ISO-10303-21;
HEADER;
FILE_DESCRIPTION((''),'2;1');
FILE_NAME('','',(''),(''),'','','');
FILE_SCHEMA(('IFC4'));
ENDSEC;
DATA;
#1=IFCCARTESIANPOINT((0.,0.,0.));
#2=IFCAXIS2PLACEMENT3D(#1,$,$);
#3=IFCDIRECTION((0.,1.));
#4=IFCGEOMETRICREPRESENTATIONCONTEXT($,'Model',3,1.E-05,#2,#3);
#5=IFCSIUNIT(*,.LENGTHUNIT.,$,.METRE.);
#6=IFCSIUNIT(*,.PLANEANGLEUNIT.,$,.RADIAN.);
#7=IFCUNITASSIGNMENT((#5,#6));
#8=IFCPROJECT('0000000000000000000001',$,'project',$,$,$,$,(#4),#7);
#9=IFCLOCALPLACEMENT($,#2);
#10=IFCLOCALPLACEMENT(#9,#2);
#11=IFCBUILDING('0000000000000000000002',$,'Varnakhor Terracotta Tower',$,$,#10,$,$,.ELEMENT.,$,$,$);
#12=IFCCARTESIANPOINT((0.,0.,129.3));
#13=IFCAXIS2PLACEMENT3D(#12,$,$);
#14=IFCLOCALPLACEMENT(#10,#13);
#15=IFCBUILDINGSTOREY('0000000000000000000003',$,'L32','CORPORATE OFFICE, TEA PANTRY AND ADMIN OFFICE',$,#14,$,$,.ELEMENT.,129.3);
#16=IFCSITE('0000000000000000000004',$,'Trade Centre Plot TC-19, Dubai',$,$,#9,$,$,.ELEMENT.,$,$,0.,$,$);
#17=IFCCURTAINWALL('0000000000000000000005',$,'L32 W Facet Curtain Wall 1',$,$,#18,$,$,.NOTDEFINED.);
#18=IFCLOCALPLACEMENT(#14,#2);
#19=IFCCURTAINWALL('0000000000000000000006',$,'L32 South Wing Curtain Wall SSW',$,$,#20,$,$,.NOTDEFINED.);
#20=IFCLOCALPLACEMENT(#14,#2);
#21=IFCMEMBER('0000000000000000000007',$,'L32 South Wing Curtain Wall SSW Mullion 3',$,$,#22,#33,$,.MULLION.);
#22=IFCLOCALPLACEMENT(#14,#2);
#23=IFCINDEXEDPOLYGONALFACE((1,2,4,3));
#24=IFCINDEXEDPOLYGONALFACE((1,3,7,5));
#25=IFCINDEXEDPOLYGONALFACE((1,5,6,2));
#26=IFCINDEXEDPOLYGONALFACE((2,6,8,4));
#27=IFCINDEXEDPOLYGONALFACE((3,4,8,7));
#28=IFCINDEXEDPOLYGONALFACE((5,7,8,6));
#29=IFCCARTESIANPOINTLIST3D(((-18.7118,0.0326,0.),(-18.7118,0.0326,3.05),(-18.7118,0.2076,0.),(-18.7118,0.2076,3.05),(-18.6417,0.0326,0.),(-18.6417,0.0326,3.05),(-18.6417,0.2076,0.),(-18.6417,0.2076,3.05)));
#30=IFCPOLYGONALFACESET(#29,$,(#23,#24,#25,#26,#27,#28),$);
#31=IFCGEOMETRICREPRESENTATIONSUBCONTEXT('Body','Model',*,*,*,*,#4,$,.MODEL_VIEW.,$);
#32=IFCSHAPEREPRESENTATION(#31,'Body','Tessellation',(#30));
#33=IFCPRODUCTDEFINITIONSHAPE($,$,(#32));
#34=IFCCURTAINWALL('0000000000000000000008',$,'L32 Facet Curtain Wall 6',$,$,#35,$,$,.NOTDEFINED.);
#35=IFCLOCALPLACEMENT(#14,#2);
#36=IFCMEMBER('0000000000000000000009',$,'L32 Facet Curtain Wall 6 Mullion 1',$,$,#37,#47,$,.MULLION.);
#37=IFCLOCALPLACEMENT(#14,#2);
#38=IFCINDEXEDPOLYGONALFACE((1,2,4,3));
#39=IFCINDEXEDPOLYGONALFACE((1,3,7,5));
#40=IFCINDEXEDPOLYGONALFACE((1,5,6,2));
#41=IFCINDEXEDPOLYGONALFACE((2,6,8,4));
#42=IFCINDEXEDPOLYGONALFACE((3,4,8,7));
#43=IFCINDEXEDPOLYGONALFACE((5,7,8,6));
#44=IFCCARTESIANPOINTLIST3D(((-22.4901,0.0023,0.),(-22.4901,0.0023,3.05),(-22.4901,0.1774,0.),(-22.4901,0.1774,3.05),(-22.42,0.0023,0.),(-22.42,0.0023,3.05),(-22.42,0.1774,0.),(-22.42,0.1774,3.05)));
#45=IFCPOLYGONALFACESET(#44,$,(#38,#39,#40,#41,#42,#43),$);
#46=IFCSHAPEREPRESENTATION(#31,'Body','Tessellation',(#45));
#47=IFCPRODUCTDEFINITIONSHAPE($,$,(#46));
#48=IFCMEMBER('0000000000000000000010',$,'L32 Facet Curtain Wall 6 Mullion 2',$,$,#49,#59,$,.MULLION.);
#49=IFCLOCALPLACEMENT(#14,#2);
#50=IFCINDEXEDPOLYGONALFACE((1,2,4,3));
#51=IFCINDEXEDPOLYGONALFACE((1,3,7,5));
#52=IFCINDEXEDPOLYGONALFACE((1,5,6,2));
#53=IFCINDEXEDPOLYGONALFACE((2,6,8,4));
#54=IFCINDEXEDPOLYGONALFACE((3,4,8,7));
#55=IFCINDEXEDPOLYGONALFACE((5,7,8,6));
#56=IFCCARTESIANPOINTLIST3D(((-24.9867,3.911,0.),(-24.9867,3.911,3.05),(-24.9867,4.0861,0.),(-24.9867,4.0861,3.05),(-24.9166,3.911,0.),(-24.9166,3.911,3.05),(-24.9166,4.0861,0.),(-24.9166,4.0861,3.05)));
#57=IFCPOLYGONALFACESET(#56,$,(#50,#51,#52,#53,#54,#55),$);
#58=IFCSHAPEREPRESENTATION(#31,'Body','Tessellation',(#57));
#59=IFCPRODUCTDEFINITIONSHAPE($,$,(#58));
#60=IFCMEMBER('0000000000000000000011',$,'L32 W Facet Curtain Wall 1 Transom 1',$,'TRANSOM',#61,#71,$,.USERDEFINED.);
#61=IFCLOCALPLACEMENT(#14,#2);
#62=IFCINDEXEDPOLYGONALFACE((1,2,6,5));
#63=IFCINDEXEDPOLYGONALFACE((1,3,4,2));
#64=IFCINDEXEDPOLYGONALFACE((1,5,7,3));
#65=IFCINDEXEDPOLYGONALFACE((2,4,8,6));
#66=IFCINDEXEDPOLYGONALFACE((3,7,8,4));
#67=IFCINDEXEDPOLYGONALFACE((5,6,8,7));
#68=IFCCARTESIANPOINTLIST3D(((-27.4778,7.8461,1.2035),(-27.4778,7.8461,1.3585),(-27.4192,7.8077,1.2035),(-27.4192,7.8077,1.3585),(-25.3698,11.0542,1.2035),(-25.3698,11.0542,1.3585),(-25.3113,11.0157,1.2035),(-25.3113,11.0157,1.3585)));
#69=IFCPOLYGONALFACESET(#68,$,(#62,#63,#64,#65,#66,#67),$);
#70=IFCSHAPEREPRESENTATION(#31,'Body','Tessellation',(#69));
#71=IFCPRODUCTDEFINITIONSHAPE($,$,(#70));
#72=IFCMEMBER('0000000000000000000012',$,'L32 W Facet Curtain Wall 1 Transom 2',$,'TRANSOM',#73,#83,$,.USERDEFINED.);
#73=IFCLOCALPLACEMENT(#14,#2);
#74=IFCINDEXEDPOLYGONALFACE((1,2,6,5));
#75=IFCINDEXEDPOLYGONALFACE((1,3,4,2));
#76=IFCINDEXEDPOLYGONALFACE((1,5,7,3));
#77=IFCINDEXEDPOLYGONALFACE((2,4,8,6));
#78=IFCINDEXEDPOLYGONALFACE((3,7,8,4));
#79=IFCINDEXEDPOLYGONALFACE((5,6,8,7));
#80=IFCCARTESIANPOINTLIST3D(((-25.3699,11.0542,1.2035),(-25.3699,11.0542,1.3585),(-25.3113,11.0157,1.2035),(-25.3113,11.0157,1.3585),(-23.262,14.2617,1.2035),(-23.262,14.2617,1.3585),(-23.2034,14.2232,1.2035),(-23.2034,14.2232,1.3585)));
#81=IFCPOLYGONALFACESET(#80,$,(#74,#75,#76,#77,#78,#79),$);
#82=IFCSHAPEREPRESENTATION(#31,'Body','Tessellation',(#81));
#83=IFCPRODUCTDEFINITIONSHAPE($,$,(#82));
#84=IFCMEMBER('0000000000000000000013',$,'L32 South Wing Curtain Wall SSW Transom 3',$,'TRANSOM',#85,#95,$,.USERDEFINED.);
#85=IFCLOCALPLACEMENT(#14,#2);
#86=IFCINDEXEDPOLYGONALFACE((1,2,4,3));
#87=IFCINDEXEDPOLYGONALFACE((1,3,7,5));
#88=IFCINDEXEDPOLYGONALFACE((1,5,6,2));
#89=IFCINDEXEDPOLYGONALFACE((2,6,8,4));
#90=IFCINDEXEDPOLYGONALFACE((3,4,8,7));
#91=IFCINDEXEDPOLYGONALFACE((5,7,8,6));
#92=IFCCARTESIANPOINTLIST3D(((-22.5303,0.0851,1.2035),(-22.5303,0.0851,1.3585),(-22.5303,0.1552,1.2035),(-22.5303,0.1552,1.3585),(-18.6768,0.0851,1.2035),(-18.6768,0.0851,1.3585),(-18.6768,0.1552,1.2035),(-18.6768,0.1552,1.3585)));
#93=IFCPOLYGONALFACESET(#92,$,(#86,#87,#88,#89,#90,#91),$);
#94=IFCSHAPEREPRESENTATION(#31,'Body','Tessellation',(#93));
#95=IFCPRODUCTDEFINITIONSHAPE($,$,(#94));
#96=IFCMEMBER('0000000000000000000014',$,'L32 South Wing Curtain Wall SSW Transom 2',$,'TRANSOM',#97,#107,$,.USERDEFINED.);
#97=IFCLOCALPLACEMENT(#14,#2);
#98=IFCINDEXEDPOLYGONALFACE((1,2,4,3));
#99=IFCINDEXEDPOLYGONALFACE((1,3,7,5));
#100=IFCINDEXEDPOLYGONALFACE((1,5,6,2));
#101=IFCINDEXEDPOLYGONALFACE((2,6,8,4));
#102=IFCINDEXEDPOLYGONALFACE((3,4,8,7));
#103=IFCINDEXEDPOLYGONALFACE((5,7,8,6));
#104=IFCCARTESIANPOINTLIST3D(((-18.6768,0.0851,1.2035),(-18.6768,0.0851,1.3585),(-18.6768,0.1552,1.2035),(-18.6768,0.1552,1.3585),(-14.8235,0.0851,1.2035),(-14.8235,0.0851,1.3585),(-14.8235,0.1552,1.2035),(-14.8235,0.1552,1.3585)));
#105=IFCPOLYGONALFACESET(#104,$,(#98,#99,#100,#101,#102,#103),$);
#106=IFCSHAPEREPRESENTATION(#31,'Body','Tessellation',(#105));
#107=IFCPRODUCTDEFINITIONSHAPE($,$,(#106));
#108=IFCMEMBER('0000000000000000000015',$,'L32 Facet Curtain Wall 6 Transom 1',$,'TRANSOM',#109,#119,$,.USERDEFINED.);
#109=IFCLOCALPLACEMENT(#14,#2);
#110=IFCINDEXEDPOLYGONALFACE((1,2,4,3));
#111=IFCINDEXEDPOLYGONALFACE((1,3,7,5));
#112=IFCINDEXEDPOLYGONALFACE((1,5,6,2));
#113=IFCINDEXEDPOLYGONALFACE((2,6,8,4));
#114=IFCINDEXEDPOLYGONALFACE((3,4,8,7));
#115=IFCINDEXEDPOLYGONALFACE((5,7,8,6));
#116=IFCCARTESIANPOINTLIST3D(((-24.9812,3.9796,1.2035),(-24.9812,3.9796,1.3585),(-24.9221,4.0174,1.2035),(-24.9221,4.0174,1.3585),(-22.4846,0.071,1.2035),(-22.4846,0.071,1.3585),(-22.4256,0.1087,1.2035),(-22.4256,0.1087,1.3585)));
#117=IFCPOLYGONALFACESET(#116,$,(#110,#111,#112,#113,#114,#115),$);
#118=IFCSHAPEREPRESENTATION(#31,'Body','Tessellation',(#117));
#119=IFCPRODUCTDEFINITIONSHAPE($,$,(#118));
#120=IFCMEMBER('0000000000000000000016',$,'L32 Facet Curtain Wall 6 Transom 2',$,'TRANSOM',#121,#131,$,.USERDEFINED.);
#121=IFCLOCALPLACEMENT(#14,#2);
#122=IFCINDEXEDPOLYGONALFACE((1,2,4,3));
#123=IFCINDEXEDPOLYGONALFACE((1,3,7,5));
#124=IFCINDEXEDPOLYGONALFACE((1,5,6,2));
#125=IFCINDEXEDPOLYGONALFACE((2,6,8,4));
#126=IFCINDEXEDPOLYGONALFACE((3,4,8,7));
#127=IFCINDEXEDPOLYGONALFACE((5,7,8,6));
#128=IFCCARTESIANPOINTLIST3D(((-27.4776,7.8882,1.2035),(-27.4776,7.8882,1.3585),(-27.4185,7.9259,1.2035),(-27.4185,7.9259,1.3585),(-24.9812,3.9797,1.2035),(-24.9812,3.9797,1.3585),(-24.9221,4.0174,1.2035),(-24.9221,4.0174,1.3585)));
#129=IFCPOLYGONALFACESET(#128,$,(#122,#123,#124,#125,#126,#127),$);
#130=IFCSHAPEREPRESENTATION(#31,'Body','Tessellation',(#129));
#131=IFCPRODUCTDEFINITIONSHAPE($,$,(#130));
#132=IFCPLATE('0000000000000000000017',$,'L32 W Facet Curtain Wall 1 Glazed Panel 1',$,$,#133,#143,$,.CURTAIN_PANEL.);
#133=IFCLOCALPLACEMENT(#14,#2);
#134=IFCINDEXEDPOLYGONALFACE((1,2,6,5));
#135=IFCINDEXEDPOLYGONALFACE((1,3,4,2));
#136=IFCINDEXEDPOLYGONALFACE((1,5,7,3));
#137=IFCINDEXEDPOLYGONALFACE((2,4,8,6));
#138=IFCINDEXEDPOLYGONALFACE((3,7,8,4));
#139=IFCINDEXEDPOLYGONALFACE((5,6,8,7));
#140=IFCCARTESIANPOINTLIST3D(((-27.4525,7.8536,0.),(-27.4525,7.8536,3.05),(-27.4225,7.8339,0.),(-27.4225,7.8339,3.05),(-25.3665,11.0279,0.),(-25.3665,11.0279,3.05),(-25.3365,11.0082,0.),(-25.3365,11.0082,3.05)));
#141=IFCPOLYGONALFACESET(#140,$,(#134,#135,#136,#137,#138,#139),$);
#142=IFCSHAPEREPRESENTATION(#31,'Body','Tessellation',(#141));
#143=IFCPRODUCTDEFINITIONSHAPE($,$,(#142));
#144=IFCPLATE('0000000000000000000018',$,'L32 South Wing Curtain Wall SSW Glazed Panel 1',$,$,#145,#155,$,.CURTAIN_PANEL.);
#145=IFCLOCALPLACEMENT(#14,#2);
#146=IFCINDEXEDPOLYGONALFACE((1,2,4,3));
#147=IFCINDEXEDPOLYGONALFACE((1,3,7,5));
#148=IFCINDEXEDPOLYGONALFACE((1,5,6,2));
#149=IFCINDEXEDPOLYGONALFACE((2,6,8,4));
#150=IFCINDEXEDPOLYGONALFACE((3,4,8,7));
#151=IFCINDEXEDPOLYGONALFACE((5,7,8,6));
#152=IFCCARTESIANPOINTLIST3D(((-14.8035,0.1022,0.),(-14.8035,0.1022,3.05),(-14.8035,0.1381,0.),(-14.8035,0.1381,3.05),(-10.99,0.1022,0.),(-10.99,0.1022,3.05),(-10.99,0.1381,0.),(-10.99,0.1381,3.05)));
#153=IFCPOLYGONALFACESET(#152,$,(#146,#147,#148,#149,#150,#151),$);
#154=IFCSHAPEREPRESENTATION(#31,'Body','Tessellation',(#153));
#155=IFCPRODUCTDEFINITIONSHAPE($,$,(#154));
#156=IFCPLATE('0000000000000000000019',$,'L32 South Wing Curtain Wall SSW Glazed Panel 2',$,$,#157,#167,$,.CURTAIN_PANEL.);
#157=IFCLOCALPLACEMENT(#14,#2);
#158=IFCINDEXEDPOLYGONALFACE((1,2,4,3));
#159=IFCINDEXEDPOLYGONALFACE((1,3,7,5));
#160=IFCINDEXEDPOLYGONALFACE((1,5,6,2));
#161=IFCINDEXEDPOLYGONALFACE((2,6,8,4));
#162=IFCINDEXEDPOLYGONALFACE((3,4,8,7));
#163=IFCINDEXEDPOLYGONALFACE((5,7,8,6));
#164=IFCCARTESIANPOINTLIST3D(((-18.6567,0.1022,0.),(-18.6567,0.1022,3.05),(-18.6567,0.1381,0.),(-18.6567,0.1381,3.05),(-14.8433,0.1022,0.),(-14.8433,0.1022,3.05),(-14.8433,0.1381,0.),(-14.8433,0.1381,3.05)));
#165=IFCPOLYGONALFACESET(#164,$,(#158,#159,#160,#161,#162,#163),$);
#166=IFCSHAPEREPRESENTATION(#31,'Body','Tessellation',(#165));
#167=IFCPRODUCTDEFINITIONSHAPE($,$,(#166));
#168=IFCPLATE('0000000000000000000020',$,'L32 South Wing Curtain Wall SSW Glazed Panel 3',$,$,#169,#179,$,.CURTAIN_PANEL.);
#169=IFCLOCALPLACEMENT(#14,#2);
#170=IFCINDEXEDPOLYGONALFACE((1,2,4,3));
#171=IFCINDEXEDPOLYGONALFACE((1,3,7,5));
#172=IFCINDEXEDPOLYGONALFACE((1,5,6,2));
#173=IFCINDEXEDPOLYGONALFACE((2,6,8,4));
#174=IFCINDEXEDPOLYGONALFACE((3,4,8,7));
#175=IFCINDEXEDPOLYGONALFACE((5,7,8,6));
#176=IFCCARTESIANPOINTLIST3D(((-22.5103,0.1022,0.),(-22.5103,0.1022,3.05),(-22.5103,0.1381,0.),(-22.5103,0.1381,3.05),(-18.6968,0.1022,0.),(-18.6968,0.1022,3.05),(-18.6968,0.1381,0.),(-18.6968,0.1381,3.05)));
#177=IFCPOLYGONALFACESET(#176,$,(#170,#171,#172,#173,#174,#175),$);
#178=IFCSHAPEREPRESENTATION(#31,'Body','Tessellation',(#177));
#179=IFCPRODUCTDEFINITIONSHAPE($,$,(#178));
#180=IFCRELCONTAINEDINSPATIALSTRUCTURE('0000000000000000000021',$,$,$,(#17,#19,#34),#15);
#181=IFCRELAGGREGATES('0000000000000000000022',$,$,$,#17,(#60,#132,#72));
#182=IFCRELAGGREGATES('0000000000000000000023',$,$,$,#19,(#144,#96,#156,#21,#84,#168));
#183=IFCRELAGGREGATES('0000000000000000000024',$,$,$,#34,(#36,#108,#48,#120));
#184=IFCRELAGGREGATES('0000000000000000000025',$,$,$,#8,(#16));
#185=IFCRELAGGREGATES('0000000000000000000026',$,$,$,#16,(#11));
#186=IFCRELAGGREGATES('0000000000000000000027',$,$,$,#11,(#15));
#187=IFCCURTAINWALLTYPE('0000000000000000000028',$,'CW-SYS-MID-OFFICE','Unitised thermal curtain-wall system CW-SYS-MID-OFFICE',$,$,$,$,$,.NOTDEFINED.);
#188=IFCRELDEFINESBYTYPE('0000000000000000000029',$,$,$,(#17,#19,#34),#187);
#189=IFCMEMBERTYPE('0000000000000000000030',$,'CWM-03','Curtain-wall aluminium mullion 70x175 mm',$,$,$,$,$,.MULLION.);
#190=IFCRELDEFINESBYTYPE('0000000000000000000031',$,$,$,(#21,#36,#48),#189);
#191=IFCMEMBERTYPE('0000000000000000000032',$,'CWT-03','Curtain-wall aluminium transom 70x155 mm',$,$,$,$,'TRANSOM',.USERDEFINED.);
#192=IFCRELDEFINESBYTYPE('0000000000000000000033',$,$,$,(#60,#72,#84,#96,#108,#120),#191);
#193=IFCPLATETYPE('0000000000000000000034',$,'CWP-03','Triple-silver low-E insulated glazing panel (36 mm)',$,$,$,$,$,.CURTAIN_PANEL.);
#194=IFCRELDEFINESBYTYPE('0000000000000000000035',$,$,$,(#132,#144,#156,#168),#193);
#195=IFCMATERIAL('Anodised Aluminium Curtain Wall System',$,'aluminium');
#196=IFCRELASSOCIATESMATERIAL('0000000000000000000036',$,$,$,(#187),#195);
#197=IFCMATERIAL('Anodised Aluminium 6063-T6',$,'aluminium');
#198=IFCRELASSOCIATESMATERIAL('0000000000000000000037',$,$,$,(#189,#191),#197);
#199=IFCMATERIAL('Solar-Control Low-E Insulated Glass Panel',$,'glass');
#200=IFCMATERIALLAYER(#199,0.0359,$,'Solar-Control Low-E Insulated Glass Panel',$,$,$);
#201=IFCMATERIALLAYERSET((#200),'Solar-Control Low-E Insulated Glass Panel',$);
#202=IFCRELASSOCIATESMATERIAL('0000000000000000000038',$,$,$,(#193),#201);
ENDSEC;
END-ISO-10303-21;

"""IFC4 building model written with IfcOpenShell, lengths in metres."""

from ifc_helpers import new_model, si_unit, direction, frame, origin, origin_2d, place, context, subcontext, project, spatial, rectangle, extrude, source, transform, mapped, material, layer, layer_set, material_profile, profile_set, type_object, element, aggregate, save


model = new_model("IFC4")

# Units and contexts
model_context = context("Model", 3, precision=1e-05, world=origin(), true_north=direction((0.0, 1.0)))
body_context = subcontext(model_context, "Body", "Model", "MODEL_VIEW")
ifc_project = project(units=[si_unit("LENGTHUNIT", "METRE"), si_unit("PLANEANGLEUNIT", "RADIAN")], contexts=[model_context])

# Site, building, storey
site_placement = place(None, origin())
site = spatial("IfcSite", under=ifc_project, at=site_placement, Name="Trade Centre Plot TC-19, Dubai", CompositionType="ELEMENT", RefElevation=0.0)
building_placement = place(site_placement, origin())
building = spatial("IfcBuilding", under=site, at=building_placement, Name="Varnakhor Terracotta Tower", CompositionType="ELEMENT")
storey_placement = place(building_placement, frame((0.0, 0.0, 129.3)))
storey = spatial("IfcBuildingStorey", under=building, at=storey_placement, Name="L32", Description="CORPORATE OFFICE, TEA PANTRY AND ADMIN OFFICE", CompositionType="ELEMENT", Elevation=129.3)

# Curtain walls, members
ifc_material_1 = material(Name="Anodised Aluminium Curtain Wall System", Category="aluminium")
curtain_wall_type = type_object("IfcCurtainWallType", Name="CW-SYS-MID-OFFICE", Description="Unitised thermal curtain-wall system CW-SYS-MID-OFFICE", PredefinedType="NOTDEFINED", material=ifc_material_1)
curtain_wall_1_placement = place(storey_placement, origin())
curtain_wall_1 = element("IfcCurtainWall", 1, at=curtain_wall_1_placement, inside=storey, type_object=curtain_wall_type, Name="L32 W Facet Curtain Wall 1", PredefinedType="NOTDEFINED")
ifc_material_2 = material(Name="Anodised Aluminium 6063-T6", Category="aluminium")
ifc_material_profile_1 = material_profile(ifc_material_2, rectangle(XDim=0.0701, YDim=0.175, at=origin_2d()), Name="ALU MULLION 70x175")
ifc_profile_set_1 = profile_set([ifc_material_profile_1], Name="Anodised Aluminium 6063-T6")
member_type_1 = type_object("IfcMemberType", Name="CWM-03", Description="Curtain-wall aluminium mullion 70x175 mm", PredefinedType="MULLION", material=ifc_profile_set_1)
shared_shape_1 = source(origin(), body_context, "Body", "SweptSolid", [
    extrude(rectangle(XDim=0.0701, YDim=0.175, at=origin_2d()), origin(), (0.0, 0.0, 1.0), 3.05),
])
curtain_wall_2_placement = place(storey_placement, origin())
curtain_wall_2 = element("IfcCurtainWall", 2, at=curtain_wall_2_placement, inside=storey, type_object=curtain_wall_type, Name="L32 South Wing Curtain Wall SSW", PredefinedType="NOTDEFINED")
member_1_placement = place(storey_placement, frame((-18.6768, 0.1201, 0.0), z_axis=(0.0, 0.0, 1.0), x_axis=(1.0, 0.0, 0.0)))
member_1 = element("IfcMember", 3, at=member_1_placement, type_object=member_type_1, Name="L32 South Wing Curtain Wall SSW Mullion 3", PredefinedType="MULLION", context=body_context, shape_type="MappedRepresentation", body=[
    mapped(shared_shape_1, transform((0.0, 0.0, 0.0), scale=1.0)),
])
curtain_wall_3_placement = place(storey_placement, origin())
curtain_wall_3 = element("IfcCurtainWall", 4, at=curtain_wall_3_placement, inside=storey, type_object=curtain_wall_type, Name="L32 Facet Curtain Wall 6", PredefinedType="NOTDEFINED")
member_2_placement = place(storey_placement, frame((-22.4551, 0.0898, 0.0), z_axis=(0.0, 0.0, 1.0), x_axis=(1.0, 0.0, 0.0)))
member_2 = element("IfcMember", 5, at=member_2_placement, type_object=member_type_1, Name="L32 Facet Curtain Wall 6 Mullion 1", PredefinedType="MULLION", context=body_context, shape_type="MappedRepresentation", body=[
    mapped(shared_shape_1, transform((0.0, 0.0, 0.0), scale=1.0)),
])
member_3_placement = place(storey_placement, frame((-24.9517, 3.9985, 0.0), z_axis=(0.0, 0.0, 1.0), x_axis=(1.0, 0.0, 0.0)))
member_3 = element("IfcMember", 6, at=member_3_placement, type_object=member_type_1, Name="L32 Facet Curtain Wall 6 Mullion 2", PredefinedType="MULLION", context=body_context, shape_type="MappedRepresentation", body=[
    mapped(shared_shape_1, transform((0.0, 0.0, 0.0), scale=1.0)),
])

# Members
ifc_material_profile_2 = material_profile(ifc_material_2, rectangle(XDim=0.0701, YDim=0.155, at=origin_2d()), Name="ALU TRANSOM 70x155")
ifc_profile_set_2 = profile_set([ifc_material_profile_2], Name="Anodised Aluminium 6063-T6")
member_type_2 = type_object("IfcMemberType", Name="CWT-03", Description="Curtain-wall aluminium transom 70x155 mm", ElementType="TRANSOM", PredefinedType="USERDEFINED", material=ifc_profile_set_2)
shared_shape_2 = source(origin(), body_context, "Body", "SweptSolid", [
    extrude(rectangle(XDim=0.0701, YDim=0.155, at=origin_2d()), origin(), (0.0, 0.0, 1.0), 3.8386),
])
member_4_placement = place(storey_placement, frame((-27.4485, 7.8269, 1.281), z_axis=(0.54914, 0.83573, 0.0), x_axis=(-0.83573, 0.54914, 0.0)))
member_4 = element("IfcMember", 7, at=member_4_placement, type_object=member_type_2, Name="L32 W Facet Curtain Wall 1 Transom 1", ObjectType="TRANSOM", PredefinedType="USERDEFINED", context=body_context, shape_type="MappedRepresentation", body=[
    mapped(shared_shape_2, transform((0.0, 0.0, 0.0), scale=1.0)),
])
shared_shape_3 = source(origin(), body_context, "Body", "SweptSolid", [
    extrude(rectangle(XDim=0.0701, YDim=0.155, at=origin_2d()), origin(), (0.0, 0.0, 1.0), 3.8381),
])
member_5_placement = place(storey_placement, frame((-25.3406, 11.0349, 1.281), z_axis=(0.549198, 0.835692, 0.0), x_axis=(-0.835692, 0.549198, 0.0)))
member_5 = element("IfcMember", 8, at=member_5_placement, type_object=member_type_2, Name="L32 W Facet Curtain Wall 1 Transom 2", ObjectType="TRANSOM", PredefinedType="USERDEFINED", context=body_context, shape_type="MappedRepresentation", body=[
    mapped(shared_shape_3, transform((0.0, 0.0, 0.0), scale=1.0)),
])
shared_shape_4 = source(origin(), body_context, "Body", "SweptSolid", [
    extrude(rectangle(XDim=0.0701, YDim=0.155, at=origin_2d()), origin(), (0.0, 0.0, 1.0), 3.8535),
])
member_6_placement = place(storey_placement, frame((-18.6768, 0.1201, 1.281), z_axis=(-1.0, 0.0, 0.0), x_axis=(0.0, -1.0, 0.0)))
member_6 = element("IfcMember", 9, at=member_6_placement, type_object=member_type_2, Name="L32 South Wing Curtain Wall SSW Transom 3", ObjectType="TRANSOM", PredefinedType="USERDEFINED", context=body_context, shape_type="MappedRepresentation", body=[
    mapped(shared_shape_4, transform((0.0, 0.0, 0.0), scale=1.0)),
])
shared_shape_5 = source(origin(), body_context, "Body", "SweptSolid", [
    extrude(rectangle(XDim=0.0701, YDim=0.155, at=origin_2d()), origin(), (0.0, 0.0, 1.0), 3.8533),
])
member_7_placement = place(storey_placement, frame((-14.8235, 0.1201, 1.281), z_axis=(-1.0, 0.0, 0.0), x_axis=(0.0, -1.0, 0.0)))
member_7 = element("IfcMember", 10, at=member_7_placement, type_object=member_type_2, Name="L32 South Wing Curtain Wall SSW Transom 2", ObjectType="TRANSOM", PredefinedType="USERDEFINED", context=body_context, shape_type="MappedRepresentation", body=[
    mapped(shared_shape_5, transform((0.0, 0.0, 0.0), scale=1.0)),
])
shared_shape_6 = source(origin(), body_context, "Body", "SweptSolid", [
    extrude(rectangle(XDim=0.0701, YDim=0.155, at=origin_2d()), origin(), (0.0, 0.0, 1.0), 4.6379),
])
member_8_placement = place(storey_placement, frame((-22.4551, 0.0898, 1.281), z_axis=(-0.538292, 0.842759, 0.0), x_axis=(-0.842759, -0.538292, 0.0)))
member_8 = element("IfcMember", 11, at=member_8_placement, type_object=member_type_2, Name="L32 Facet Curtain Wall 6 Transom 1", ObjectType="TRANSOM", PredefinedType="USERDEFINED", context=body_context, shape_type="MappedRepresentation", body=[
    mapped(shared_shape_6, transform((0.0, 0.0, 0.0), scale=1.0)),
])
shared_shape_7 = source(origin(), body_context, "Body", "SweptSolid", [
    extrude(rectangle(XDim=0.0701, YDim=0.155, at=origin_2d()), origin(), (0.0, 0.0, 1.0), 4.6377),
])
member_9_placement = place(storey_placement, frame((-24.9517, 3.9985, 1.281), z_axis=(-0.538278, 0.842767, 0.0), x_axis=(-0.842767, -0.538278, 0.0)))
member_9 = element("IfcMember", 12, at=member_9_placement, type_object=member_type_2, Name="L32 Facet Curtain Wall 6 Transom 2", ObjectType="TRANSOM", PredefinedType="USERDEFINED", context=body_context, shape_type="MappedRepresentation", body=[
    mapped(shared_shape_7, transform((0.0, 0.0, 0.0), scale=1.0)),
])

# Plates
ifc_material_3 = material(Name="Solar-Control Low-E Insulated Glass Panel", Category="glass")
ifc_layer_1 = layer(ifc_material_3, 0.0359, Name="Solar-Control Low-E Insulated Glass Panel")
ifc_layer_set_1 = layer_set([ifc_layer_1], Name="Solar-Control Low-E Insulated Glass Panel")
plate_type = type_object("IfcPlateType", Name="CWP-03", Description="Triple-silver low-E insulated glazing panel (36 mm)", PredefinedType="CURTAIN_PANEL", material=ifc_layer_set_1)
shared_shape_8 = source(origin(), body_context, "Body", "SweptSolid", [
    extrude(rectangle(XDim=3.7983, YDim=0.0359, at=origin_2d()), origin(), (0.0, 0.0, 1.0), 3.05),
])
plate_1_placement = place(storey_placement, frame((-26.3945, 9.4309, 0.0), z_axis=(0.0, 0.0, 1.0), x_axis=(0.549183, 0.835702, 0.0)))
plate_1 = element("IfcPlate", 13, at=plate_1_placement, type_object=plate_type, Name="L32 W Facet Curtain Wall 1 Glazed Panel 1", PredefinedType="CURTAIN_PANEL", context=body_context, shape_type="MappedRepresentation", body=[
    mapped(shared_shape_8, transform((0.0, 0.0, 0.0), scale=1.0)),
])
aggregate(curtain_wall_1, [member_4, plate_1, member_5])
shared_shape_9 = source(origin(), body_context, "Body", "SweptSolid", [
    extrude(rectangle(XDim=3.8135, YDim=0.0359, at=origin_2d()), origin(), (0.0, 0.0, 1.0), 3.05),
])
plate_2_placement = place(storey_placement, frame((-12.8967, 0.1201, 0.0), z_axis=(0.0, 0.0, 1.0), x_axis=(-1.0, 0.0, 0.0)))
plate_2 = element("IfcPlate", 14, at=plate_2_placement, type_object=plate_type, Name="L32 South Wing Curtain Wall SSW Glazed Panel 1", PredefinedType="CURTAIN_PANEL", context=body_context, shape_type="MappedRepresentation", body=[
    mapped(shared_shape_9, transform((0.0, 0.0, 0.0), scale=1.0)),
])
plate_3_placement = place(storey_placement, frame((-16.75, 0.1201, 0.0), z_axis=(0.0, 0.0, 1.0), x_axis=(-1.0, 0.0, 0.0)))
plate_3 = element("IfcPlate", 15, at=plate_3_placement, type_object=plate_type, Name="L32 South Wing Curtain Wall SSW Glazed Panel 2", PredefinedType="CURTAIN_PANEL", context=body_context, shape_type="MappedRepresentation", body=[
    mapped(shared_shape_9, transform((0.0, 0.0, 0.0), scale=1.0)),
])
plate_4_placement = place(storey_placement, frame((-20.6035, 0.1201, 0.0), z_axis=(0.0, 0.0, 1.0), x_axis=(-1.0, 0.0, 0.0)))
plate_4 = element("IfcPlate", 16, at=plate_4_placement, type_object=plate_type, Name="L32 South Wing Curtain Wall SSW Glazed Panel 3", PredefinedType="CURTAIN_PANEL", context=body_context, shape_type="MappedRepresentation", body=[
    mapped(shared_shape_9, transform((0.0, 0.0, 0.0), scale=1.0)),
])
aggregate(curtain_wall_2, [plate_2, member_7, plate_3, member_1, member_6, plate_4])
aggregate(curtain_wall_3, [member_2, member_8, member_3, member_9])

save(model, "model.ifc")
